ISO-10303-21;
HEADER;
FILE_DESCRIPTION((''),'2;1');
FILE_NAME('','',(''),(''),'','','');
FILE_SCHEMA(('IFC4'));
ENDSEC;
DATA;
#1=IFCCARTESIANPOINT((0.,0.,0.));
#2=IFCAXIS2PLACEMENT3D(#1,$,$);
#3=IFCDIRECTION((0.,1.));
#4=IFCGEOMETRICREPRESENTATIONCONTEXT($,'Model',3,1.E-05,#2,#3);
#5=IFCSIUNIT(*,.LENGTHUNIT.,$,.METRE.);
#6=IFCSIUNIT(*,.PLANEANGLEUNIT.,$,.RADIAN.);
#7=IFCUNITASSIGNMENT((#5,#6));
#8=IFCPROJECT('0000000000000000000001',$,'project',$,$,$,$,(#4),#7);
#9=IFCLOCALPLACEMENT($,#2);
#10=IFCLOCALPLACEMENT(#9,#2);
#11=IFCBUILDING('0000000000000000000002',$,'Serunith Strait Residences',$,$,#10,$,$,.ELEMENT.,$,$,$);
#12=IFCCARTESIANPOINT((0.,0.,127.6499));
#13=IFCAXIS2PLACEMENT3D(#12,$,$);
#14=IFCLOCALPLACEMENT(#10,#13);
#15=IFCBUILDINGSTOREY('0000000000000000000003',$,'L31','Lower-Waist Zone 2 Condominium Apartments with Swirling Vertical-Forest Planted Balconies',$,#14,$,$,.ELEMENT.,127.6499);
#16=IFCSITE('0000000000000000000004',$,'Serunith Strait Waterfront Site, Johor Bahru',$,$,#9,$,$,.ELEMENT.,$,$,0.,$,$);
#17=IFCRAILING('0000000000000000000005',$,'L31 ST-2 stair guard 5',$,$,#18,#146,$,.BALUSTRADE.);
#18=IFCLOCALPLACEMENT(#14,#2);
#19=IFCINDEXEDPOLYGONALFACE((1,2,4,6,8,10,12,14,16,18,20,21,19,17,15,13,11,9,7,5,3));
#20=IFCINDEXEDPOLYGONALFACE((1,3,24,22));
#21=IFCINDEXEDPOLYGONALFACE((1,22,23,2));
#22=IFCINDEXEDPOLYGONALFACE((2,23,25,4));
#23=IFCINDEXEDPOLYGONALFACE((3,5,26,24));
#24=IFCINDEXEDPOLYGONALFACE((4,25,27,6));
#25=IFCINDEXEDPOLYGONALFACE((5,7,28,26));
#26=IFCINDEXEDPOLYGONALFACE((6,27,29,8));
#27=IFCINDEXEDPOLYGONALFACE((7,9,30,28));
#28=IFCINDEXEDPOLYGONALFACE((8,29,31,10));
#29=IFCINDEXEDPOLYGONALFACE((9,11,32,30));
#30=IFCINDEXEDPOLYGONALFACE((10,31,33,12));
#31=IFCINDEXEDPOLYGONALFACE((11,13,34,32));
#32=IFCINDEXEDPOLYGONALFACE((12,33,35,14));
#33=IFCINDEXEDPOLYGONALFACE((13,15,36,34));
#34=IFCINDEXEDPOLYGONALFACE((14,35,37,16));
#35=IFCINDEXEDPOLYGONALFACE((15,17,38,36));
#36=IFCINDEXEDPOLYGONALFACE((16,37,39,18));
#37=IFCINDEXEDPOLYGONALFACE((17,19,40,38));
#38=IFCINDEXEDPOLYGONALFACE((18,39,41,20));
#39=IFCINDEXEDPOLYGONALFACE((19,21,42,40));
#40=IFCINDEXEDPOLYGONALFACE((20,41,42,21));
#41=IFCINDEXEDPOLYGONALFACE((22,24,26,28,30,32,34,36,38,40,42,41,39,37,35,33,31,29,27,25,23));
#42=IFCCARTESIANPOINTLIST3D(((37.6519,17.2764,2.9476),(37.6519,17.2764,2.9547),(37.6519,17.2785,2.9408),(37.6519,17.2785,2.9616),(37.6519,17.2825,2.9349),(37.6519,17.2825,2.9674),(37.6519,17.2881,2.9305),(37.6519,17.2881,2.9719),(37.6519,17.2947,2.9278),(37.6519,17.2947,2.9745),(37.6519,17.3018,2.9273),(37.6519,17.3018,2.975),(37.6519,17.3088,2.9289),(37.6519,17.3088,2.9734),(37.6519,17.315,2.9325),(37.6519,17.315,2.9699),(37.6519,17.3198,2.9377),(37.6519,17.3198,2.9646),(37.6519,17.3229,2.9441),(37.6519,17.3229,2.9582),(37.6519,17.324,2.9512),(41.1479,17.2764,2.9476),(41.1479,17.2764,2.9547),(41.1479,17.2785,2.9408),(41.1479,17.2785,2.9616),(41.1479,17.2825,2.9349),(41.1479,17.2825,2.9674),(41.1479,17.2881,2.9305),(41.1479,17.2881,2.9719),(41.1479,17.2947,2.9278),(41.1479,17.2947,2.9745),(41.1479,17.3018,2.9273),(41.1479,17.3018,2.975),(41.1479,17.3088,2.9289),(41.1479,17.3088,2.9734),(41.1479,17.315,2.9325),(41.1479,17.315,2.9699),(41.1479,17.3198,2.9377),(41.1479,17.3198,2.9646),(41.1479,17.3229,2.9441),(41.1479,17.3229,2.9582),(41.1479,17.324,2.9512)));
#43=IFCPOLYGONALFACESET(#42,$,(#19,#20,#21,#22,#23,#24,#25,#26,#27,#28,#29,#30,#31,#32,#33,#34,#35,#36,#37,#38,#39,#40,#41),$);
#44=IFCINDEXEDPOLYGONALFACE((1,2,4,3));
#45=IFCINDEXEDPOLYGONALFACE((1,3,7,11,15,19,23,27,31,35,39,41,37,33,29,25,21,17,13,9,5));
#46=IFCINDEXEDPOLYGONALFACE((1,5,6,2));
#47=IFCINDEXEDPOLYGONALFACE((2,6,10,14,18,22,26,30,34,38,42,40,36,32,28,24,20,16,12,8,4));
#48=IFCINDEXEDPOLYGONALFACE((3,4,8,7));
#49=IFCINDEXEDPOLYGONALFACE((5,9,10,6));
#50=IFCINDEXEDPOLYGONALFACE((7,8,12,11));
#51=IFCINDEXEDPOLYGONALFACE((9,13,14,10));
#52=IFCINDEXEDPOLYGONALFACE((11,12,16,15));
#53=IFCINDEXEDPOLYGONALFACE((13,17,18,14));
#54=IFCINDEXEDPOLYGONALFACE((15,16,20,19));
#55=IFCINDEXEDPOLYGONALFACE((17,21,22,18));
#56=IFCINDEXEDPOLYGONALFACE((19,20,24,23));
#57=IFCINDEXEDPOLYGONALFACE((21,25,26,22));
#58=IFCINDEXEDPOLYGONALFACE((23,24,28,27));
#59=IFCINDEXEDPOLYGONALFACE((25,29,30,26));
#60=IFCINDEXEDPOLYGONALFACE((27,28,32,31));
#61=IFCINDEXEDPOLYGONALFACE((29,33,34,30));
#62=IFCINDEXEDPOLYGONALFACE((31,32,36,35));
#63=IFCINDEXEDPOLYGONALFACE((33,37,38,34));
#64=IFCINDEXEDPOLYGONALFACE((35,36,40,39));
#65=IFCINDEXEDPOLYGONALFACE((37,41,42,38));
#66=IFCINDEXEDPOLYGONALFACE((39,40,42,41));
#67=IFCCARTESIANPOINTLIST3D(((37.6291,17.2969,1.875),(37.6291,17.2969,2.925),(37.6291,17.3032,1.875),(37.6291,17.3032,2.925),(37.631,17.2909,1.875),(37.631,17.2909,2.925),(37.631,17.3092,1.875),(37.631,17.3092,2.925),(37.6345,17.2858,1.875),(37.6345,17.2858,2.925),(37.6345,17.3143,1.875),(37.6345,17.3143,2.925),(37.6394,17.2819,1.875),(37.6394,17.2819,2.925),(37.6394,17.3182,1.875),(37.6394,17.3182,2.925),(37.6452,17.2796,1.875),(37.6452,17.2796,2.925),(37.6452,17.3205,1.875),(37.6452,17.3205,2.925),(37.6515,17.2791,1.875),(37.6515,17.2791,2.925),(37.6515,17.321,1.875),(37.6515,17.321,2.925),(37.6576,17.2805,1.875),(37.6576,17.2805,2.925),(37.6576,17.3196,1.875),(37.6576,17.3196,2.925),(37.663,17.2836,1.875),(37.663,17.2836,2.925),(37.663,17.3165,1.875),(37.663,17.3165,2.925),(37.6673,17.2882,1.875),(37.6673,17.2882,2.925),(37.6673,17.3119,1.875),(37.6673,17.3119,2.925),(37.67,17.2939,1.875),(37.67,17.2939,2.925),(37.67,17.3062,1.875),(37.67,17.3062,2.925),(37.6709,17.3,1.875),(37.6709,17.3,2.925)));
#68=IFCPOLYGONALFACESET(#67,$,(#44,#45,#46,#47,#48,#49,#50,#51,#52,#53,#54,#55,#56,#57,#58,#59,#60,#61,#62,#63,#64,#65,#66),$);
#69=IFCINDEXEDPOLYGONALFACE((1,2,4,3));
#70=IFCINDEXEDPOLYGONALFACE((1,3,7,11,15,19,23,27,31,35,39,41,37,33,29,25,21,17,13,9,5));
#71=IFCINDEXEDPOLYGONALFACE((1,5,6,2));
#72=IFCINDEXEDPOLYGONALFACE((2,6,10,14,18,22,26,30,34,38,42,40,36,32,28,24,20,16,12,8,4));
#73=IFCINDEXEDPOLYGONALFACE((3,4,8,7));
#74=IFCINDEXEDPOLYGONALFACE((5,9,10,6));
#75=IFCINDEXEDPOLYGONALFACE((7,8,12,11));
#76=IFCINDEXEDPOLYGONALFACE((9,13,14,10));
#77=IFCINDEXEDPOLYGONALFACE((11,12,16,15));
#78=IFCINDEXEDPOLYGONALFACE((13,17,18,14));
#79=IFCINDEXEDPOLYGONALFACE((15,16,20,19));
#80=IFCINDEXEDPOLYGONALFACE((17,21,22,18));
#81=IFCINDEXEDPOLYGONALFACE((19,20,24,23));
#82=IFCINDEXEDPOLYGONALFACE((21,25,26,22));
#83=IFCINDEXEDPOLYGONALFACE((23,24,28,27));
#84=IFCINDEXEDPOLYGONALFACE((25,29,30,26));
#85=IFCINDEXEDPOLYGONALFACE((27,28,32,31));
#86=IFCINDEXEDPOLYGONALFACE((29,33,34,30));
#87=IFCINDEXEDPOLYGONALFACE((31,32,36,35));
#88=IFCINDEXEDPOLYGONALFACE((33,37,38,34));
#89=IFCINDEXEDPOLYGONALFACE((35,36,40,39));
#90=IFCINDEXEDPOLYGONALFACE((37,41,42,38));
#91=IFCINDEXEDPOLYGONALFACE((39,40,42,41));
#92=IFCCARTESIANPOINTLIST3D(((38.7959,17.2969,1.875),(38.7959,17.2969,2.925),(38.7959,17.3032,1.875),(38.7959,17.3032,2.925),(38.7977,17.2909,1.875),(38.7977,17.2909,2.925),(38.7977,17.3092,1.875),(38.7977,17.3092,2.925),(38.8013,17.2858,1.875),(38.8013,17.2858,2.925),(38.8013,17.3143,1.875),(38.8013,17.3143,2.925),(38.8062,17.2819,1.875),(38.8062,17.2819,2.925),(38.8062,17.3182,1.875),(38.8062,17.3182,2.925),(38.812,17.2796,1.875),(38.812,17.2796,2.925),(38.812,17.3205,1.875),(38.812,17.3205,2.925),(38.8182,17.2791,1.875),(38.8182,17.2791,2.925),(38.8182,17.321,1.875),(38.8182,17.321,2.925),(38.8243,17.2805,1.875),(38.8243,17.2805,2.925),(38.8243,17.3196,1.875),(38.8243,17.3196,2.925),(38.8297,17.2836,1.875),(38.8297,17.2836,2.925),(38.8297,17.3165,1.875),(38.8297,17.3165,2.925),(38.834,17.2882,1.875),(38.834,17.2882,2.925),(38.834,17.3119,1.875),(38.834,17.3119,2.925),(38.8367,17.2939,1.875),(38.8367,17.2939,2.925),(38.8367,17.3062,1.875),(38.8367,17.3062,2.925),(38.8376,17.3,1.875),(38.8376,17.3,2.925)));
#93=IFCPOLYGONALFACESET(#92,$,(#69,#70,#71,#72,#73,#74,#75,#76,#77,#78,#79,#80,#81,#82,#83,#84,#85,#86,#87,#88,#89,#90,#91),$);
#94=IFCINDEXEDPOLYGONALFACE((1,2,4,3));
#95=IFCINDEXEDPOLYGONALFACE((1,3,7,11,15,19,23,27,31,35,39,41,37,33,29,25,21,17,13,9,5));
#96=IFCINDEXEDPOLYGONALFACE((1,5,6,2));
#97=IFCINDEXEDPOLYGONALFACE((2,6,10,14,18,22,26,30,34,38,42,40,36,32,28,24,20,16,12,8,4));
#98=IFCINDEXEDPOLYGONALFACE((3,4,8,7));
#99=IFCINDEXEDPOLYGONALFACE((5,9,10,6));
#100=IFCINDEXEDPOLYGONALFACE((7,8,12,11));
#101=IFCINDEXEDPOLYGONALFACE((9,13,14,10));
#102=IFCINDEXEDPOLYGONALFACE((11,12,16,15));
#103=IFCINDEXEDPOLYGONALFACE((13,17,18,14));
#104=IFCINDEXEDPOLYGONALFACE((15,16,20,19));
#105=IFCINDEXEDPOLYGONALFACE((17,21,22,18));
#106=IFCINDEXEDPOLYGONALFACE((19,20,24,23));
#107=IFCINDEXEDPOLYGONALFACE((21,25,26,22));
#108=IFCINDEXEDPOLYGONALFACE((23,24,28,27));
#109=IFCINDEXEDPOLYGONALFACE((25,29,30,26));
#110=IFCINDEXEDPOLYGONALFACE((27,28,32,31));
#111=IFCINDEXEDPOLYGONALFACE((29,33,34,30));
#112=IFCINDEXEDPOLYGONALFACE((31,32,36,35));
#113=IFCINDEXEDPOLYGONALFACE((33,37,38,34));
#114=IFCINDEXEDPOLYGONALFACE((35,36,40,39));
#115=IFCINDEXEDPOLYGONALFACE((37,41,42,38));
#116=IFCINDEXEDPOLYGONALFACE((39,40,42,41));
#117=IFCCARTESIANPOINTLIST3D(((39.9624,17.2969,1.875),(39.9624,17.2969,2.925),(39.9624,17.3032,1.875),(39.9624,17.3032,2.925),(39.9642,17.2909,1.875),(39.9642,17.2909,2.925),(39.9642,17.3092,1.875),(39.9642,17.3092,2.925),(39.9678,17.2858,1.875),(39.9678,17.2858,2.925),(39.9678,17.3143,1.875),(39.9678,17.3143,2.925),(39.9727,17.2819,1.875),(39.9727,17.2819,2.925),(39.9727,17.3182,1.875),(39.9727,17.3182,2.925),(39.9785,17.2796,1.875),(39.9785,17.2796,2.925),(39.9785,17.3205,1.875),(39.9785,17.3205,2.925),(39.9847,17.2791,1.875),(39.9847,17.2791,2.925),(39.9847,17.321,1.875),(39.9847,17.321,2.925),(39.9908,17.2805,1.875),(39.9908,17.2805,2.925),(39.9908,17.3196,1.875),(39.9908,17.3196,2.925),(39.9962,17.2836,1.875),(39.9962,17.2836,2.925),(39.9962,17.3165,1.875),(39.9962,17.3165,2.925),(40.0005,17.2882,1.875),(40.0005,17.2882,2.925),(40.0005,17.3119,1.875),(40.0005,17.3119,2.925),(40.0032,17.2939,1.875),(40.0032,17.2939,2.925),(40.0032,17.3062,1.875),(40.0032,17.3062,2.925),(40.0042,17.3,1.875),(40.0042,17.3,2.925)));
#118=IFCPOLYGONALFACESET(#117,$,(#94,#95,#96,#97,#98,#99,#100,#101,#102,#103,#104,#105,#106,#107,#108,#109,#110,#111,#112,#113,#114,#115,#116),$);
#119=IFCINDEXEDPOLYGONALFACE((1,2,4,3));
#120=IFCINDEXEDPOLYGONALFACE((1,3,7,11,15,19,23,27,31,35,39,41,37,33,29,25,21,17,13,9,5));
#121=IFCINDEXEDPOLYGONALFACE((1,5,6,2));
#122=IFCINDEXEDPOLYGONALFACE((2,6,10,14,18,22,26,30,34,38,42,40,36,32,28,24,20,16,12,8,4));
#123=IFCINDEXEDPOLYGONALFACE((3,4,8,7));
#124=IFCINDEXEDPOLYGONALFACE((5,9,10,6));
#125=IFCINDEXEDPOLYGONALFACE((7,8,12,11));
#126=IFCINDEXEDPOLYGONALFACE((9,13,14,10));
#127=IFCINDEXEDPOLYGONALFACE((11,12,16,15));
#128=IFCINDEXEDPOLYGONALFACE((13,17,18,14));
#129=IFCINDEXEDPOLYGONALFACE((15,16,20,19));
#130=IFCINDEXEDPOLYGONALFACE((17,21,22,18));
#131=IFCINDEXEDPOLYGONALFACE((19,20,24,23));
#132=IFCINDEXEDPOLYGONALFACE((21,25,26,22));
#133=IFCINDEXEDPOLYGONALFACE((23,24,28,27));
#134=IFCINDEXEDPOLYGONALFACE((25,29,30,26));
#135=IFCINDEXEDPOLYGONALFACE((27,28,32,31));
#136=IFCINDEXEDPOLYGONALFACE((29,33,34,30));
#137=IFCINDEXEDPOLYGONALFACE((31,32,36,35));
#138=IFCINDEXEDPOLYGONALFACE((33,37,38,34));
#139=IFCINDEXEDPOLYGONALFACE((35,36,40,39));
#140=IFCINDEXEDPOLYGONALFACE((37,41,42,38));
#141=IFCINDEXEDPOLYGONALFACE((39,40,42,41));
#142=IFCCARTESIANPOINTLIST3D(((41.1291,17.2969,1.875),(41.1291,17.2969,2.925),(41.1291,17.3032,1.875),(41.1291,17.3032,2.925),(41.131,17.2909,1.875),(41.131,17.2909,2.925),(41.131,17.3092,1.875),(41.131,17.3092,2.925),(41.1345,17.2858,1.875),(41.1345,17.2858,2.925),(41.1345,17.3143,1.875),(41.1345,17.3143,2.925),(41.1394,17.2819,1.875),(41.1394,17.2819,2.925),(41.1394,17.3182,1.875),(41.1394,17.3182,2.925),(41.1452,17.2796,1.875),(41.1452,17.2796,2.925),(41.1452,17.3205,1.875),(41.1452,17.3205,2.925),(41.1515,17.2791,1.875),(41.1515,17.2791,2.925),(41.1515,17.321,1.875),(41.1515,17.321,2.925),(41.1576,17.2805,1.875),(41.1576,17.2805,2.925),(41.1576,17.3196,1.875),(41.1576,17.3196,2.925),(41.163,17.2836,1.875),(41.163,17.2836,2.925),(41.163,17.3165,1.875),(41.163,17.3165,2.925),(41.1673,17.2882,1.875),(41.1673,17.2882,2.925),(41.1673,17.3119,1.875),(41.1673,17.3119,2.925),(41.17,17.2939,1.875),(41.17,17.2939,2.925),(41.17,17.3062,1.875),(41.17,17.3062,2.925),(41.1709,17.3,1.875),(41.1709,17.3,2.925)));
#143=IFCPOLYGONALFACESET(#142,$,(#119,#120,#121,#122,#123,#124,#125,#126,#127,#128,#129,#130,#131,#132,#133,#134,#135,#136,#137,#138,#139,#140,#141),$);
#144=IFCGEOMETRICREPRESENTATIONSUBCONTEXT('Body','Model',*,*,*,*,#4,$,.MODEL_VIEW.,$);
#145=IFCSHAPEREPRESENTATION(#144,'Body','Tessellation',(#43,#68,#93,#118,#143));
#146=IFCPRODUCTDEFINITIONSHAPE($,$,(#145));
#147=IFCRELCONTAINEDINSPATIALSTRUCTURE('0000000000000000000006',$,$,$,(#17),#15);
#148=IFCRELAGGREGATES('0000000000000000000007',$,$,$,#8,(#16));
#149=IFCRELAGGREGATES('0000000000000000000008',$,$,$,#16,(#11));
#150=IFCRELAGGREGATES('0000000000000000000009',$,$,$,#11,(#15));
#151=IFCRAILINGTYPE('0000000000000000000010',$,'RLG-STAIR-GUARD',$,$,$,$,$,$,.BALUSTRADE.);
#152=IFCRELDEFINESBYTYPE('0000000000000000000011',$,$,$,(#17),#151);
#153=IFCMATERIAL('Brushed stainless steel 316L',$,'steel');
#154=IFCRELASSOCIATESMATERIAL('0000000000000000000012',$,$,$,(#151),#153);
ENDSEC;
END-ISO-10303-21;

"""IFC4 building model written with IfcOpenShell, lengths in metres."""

from ifc_helpers import new_model, si_unit, direction, frame, origin, origin_2d, place, context, subcontext, project, spatial, circle, extrude, material, type_object, element, save


model = new_model("IFC4")

# Units and contexts
model_context = context("Model", 3, precision=1e-05, world=origin(), true_north=direction((0.0, 1.0)))
body_context = subcontext(model_context, "Body", "Model", "MODEL_VIEW")
ifc_project = project(units=[si_unit("LENGTHUNIT", "METRE"), si_unit("PLANEANGLEUNIT", "RADIAN")], contexts=[model_context])

# Site, building, storey
site_placement = place(None, origin())
site = spatial("IfcSite", under=ifc_project, at=site_placement, Name="Serunith Strait Waterfront Site, Johor Bahru", CompositionType="ELEMENT", RefElevation=0.0)
building_placement = place(site_placement, origin())
building = spatial("IfcBuilding", under=site, at=building_placement, Name="Serunith Strait Residences", CompositionType="ELEMENT")
storey_placement = place(building_placement, frame((0.0, 0.0, 127.6499)))
storey = spatial("IfcBuildingStorey", under=building, at=storey_placement, Name="L31", Description="Lower-Waist Zone 2 Condominium Apartments with Swirling Vertical-Forest Planted Balconies", CompositionType="ELEMENT", Elevation=127.6499)

# Railing
ifc_material_1 = material(Name="Brushed stainless steel 316L", Category="steel")
railing_type_1 = type_object("IfcRailingType", Name="RLG-STAIR-GUARD", PredefinedType="BALUSTRADE", material=ifc_material_1)
railing_1_placement = place(storey_placement, frame((37.6499, 17.3, 1.875)))
element("IfcRailing", 1, at=railing_1_placement, inside=storey, type_object=railing_type_1, Name="L31 ST-2 stair guard 5", PredefinedType="BALUSTRADE", context=body_context, shape_type="SweptSolid", body=[
    extrude(circle(Radius=0.0239, at=origin_2d()), frame((0.002, 0.0, 1.0762), z_axis=(1.0, 0.0, 0.0), x_axis=(0.0, 1.0, 0.0)), (0.0, 0.0, 1.0), 3.4961),
    extrude(circle(Radius=0.021, at=origin_2d()), origin(), (0.0, 0.0, 1.0), 1.05),
    extrude(circle(Radius=0.021, at=origin_2d()), frame((1.1667, 0.0, 0.0)), (0.0, 0.0, 1.0), 1.05),
    extrude(circle(Radius=0.021, at=origin_2d()), frame((2.3333, 0.0, 0.0)), (0.0, 0.0, 1.0), 1.05),
    extrude(circle(Radius=0.021, at=origin_2d()), frame((3.5, 0.0, 0.0)), (0.0, 0.0, 1.0), 1.05),
])

save(model, "model.ifc")
